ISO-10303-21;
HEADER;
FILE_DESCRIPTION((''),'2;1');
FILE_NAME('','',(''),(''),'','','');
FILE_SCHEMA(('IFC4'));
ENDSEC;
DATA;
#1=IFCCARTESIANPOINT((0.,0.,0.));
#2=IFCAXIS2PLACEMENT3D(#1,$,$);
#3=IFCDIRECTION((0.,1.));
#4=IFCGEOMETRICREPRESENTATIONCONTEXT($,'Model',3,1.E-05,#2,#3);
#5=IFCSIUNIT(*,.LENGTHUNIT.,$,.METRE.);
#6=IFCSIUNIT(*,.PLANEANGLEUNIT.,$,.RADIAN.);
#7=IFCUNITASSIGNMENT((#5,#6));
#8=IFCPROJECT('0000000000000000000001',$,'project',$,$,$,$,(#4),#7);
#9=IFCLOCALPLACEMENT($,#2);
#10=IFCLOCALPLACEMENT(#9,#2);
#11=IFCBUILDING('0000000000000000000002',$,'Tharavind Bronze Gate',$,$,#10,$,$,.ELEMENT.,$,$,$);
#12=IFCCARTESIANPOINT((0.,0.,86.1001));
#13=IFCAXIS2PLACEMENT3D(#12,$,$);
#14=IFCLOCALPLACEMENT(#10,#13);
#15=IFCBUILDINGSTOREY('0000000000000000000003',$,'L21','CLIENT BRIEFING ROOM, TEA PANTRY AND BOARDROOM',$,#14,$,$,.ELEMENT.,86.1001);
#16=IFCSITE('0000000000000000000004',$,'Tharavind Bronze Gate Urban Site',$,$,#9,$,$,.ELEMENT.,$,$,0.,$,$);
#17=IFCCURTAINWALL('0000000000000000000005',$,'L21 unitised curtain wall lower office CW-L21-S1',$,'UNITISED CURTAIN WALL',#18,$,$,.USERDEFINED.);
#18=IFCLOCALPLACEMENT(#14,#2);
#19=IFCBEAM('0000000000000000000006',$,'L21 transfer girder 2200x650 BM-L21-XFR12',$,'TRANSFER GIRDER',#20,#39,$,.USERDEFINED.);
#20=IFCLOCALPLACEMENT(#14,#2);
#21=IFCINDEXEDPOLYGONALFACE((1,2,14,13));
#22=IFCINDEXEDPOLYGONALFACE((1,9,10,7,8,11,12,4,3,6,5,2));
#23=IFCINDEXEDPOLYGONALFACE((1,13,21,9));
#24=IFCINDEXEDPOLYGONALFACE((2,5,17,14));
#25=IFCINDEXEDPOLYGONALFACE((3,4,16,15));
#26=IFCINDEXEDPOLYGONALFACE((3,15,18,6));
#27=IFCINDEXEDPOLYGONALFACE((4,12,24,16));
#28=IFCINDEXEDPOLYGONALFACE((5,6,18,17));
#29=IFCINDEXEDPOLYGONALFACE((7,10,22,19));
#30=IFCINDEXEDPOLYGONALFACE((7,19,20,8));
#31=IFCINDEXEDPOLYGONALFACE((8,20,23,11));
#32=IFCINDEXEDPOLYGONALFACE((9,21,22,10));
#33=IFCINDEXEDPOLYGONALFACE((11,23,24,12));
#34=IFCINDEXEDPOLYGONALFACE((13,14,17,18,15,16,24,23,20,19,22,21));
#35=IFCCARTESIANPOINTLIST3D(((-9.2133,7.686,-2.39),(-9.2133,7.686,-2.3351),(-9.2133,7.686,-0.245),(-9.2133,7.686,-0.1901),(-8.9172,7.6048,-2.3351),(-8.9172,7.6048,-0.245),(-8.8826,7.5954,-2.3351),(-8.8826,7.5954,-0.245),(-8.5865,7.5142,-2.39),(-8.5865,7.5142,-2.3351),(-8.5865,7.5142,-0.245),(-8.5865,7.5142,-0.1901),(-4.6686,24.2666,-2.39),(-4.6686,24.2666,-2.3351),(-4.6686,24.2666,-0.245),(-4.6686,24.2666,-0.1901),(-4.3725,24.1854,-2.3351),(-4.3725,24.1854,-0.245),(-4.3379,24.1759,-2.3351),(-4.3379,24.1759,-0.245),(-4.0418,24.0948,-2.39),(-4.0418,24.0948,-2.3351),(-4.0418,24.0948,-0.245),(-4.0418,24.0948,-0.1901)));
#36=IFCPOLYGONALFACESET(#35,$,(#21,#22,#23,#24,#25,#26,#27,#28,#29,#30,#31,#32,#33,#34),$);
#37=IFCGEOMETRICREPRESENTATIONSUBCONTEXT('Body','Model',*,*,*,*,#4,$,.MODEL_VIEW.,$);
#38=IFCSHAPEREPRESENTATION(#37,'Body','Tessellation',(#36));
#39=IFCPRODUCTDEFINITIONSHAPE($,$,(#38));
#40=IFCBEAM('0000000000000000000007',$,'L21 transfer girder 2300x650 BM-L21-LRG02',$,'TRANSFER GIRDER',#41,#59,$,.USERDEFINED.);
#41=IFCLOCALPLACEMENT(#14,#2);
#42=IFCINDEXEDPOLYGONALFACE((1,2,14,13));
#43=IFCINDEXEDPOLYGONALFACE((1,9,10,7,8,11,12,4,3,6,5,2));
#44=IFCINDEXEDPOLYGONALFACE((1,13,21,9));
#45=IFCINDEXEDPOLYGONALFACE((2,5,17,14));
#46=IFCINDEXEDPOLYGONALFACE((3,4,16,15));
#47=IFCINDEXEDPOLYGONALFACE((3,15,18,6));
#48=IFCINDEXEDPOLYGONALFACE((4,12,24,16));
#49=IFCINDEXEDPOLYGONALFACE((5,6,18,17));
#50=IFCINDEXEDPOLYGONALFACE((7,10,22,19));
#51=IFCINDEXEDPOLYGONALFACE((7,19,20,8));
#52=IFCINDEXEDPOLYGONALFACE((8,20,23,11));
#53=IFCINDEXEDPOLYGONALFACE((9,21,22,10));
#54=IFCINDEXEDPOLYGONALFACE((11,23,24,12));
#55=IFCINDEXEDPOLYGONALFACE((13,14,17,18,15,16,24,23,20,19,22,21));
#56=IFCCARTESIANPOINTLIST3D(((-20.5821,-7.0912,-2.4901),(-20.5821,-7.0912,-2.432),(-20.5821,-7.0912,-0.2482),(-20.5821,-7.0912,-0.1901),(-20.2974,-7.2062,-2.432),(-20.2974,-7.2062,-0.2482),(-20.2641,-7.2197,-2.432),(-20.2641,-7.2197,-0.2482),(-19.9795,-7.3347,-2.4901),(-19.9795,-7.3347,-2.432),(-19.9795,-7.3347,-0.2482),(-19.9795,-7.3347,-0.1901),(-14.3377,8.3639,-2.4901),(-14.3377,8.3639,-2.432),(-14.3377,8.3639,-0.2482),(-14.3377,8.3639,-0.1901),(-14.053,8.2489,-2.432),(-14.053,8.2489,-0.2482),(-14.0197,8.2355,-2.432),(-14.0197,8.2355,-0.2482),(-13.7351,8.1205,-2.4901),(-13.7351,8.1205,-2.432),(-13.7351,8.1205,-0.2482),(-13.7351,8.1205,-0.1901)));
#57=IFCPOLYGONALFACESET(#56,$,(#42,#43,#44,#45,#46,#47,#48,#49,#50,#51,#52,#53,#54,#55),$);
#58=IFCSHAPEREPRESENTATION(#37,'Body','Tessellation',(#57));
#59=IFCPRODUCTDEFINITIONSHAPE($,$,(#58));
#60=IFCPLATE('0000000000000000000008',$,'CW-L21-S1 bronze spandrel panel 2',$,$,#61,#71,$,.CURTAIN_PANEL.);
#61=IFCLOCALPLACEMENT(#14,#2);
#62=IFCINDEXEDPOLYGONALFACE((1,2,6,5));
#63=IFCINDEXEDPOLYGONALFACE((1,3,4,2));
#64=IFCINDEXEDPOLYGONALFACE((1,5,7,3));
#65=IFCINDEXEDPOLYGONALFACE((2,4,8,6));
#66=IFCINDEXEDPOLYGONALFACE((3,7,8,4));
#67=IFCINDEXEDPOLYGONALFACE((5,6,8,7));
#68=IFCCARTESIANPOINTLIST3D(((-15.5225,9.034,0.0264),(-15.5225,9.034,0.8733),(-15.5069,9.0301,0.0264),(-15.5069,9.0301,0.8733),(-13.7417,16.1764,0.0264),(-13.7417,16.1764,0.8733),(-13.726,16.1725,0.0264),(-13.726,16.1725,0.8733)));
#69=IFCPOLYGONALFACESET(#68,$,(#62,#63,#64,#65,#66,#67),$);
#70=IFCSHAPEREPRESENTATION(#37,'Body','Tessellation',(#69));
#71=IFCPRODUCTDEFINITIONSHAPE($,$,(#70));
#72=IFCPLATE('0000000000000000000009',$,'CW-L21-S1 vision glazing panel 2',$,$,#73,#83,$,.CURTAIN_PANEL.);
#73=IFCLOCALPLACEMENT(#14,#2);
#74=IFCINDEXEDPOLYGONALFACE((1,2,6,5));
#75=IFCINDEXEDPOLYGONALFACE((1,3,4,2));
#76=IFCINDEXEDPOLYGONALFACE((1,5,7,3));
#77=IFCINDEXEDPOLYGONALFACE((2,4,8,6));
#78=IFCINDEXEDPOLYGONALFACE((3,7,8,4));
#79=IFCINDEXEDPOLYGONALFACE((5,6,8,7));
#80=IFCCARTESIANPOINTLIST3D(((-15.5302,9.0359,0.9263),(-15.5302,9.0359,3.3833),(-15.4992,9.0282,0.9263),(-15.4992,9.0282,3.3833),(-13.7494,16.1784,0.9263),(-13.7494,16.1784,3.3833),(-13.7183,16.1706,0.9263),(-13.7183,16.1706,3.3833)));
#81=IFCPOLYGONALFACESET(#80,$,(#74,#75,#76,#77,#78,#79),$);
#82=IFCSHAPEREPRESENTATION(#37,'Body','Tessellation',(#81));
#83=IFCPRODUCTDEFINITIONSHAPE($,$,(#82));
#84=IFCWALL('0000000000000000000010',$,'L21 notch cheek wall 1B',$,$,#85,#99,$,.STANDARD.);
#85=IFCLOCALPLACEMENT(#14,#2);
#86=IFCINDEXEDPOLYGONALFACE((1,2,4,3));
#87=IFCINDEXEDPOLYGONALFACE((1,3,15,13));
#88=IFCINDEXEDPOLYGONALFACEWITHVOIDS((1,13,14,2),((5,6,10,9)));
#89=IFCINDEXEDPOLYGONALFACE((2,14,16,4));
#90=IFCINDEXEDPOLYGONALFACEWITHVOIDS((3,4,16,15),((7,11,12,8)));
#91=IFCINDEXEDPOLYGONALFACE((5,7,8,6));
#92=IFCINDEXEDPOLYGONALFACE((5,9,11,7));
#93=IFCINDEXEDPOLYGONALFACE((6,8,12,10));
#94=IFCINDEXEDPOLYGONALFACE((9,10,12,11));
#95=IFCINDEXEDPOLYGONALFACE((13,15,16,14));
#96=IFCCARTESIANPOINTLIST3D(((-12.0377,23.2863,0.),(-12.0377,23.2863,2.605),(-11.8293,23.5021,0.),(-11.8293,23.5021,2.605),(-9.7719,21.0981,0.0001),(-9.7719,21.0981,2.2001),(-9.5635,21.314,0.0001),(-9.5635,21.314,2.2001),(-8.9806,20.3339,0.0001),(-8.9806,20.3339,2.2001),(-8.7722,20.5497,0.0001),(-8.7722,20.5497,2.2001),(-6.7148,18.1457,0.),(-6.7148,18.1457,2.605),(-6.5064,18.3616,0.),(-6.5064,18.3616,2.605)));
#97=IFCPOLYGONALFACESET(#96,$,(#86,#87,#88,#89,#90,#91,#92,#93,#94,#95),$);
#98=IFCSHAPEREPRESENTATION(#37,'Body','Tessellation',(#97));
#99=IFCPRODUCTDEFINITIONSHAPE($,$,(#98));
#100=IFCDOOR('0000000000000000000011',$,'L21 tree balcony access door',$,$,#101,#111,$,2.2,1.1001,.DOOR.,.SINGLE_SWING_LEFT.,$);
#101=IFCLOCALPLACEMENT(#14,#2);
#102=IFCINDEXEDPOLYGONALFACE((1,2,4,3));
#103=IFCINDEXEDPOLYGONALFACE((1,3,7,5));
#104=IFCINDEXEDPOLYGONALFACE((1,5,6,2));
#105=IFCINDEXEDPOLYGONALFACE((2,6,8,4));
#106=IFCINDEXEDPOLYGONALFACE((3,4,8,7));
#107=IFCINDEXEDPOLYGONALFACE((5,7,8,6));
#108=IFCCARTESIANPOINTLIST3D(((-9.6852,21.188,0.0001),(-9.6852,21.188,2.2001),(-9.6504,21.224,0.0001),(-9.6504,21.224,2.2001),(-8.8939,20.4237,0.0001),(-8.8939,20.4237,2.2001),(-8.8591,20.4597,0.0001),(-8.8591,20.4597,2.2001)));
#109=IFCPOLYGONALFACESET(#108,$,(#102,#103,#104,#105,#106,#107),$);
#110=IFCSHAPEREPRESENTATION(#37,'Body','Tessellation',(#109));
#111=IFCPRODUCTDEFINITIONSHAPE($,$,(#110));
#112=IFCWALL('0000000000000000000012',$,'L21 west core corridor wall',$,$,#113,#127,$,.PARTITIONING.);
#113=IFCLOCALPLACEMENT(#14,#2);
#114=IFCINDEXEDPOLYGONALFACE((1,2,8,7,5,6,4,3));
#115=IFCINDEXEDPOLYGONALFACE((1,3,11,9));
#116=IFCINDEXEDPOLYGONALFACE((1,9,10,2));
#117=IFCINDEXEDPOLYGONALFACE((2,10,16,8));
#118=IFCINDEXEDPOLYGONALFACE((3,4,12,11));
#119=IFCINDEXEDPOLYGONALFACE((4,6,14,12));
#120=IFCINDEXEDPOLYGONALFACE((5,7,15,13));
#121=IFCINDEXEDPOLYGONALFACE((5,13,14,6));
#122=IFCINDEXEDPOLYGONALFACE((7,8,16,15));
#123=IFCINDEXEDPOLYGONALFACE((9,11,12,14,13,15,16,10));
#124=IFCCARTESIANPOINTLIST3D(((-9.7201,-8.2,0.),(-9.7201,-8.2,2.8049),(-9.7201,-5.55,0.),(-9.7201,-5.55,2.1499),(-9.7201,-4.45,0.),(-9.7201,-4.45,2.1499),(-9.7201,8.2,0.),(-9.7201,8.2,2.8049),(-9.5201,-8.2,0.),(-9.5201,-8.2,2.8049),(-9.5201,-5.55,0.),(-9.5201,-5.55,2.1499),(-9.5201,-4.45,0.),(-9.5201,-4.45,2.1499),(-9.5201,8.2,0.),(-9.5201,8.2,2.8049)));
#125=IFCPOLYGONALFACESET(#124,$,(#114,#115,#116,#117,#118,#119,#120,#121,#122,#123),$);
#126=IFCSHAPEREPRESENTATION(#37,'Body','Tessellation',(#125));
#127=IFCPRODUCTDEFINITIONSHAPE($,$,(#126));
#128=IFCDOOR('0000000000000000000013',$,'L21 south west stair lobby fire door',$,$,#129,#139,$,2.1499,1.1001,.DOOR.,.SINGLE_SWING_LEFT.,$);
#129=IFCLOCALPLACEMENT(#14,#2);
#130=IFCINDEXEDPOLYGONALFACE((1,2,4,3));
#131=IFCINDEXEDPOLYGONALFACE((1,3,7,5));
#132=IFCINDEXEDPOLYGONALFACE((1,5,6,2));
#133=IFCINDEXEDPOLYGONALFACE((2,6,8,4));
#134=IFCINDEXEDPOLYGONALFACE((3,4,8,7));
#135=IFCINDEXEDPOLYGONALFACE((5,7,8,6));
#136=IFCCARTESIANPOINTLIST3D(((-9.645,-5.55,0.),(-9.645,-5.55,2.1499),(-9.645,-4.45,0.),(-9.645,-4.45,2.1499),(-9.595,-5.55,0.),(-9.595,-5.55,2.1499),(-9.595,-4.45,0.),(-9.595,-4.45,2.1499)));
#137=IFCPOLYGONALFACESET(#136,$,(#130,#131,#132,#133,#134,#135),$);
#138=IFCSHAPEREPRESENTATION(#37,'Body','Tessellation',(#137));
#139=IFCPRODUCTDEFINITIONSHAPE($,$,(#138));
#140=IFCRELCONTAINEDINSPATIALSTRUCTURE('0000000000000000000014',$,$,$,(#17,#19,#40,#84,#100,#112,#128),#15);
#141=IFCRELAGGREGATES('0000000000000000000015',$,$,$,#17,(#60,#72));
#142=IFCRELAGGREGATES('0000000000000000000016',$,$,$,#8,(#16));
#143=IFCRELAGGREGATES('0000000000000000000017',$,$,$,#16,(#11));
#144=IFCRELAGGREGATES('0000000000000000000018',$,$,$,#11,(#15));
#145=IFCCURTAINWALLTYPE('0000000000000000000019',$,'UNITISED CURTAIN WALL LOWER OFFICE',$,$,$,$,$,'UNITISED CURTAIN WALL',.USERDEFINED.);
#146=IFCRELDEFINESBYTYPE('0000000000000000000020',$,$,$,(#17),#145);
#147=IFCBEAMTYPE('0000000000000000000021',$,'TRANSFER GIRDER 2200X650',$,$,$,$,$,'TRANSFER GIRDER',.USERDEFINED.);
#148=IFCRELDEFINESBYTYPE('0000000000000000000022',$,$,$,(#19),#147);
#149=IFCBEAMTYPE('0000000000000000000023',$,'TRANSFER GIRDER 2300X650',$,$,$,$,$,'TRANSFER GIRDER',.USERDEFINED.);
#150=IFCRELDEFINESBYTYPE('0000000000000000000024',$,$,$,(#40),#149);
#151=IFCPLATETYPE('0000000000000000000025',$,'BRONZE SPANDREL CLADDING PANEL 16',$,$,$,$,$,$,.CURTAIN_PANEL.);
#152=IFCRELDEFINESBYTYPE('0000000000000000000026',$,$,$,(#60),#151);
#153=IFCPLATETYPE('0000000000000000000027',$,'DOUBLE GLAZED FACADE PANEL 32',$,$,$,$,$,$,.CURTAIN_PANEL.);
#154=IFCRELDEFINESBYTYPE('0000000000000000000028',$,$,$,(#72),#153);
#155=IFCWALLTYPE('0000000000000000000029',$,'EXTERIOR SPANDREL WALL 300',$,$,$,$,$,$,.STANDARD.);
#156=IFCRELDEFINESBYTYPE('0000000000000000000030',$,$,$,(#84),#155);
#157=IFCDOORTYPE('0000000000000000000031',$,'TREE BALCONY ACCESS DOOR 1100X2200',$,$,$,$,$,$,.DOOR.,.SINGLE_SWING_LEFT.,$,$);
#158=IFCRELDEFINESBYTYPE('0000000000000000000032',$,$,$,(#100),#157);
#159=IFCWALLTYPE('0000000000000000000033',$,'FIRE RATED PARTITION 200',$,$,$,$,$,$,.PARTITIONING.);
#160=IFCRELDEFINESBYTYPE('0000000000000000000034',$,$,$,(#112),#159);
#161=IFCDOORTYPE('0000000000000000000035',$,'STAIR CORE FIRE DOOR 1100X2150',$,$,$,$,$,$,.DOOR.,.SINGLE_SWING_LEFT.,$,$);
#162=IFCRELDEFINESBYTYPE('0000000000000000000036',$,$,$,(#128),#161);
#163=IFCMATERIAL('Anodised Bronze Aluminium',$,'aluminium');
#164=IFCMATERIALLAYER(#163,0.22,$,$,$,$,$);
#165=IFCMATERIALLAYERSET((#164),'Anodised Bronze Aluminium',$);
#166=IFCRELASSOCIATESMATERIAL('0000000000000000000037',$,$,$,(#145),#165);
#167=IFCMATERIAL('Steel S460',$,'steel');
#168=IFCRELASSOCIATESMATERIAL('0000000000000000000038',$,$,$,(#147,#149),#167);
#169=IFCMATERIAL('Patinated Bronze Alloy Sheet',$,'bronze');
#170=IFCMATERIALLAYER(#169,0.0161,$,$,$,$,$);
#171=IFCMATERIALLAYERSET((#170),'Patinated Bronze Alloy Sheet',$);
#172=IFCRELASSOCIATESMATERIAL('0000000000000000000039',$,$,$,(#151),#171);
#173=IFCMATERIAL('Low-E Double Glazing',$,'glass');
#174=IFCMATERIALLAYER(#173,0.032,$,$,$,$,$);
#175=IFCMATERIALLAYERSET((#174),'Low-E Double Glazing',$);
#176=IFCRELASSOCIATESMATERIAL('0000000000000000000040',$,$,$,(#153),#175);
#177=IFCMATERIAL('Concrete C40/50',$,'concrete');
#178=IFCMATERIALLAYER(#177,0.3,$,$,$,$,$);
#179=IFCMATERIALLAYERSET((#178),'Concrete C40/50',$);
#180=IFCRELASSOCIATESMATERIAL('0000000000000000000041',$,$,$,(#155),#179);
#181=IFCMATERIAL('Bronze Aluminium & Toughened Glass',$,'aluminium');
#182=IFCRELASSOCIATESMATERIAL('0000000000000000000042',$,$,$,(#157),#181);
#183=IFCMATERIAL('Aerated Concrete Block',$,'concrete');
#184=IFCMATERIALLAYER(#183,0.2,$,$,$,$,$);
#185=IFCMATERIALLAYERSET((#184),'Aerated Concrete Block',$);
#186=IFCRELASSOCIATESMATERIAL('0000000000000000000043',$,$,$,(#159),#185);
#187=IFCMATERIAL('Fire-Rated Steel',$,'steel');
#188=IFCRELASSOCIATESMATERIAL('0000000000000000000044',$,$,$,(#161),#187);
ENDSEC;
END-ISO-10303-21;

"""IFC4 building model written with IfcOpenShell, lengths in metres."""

from ifc_helpers import new_model, si_unit, direction, frame, frame_2d, origin, origin_2d, place, context, subcontext, project, spatial, rectangle, i_section, extrude, material, layer, layer_set, material_profile, profile_set, type_object, element, fill, aggregate, save


model = new_model("IFC4")

# Units and contexts
model_context = context("Model", 3, precision=1e-05, world=origin(), true_north=direction((0.0, 1.0)))
body_context = subcontext(model_context, "Body", "Model", "MODEL_VIEW")
ifc_project = project(units=[si_unit("LENGTHUNIT", "METRE"), si_unit("PLANEANGLEUNIT", "RADIAN")], contexts=[model_context])

# Site, building, storey
site_placement = place(None, origin())
site = spatial("IfcSite", under=ifc_project, at=site_placement, Name="Tharavind Bronze Gate Urban Site", CompositionType="ELEMENT", RefElevation=0.0)
building_placement = place(site_placement, origin())
building = spatial("IfcBuilding", under=site, at=building_placement, Name="Tharavind Bronze Gate", CompositionType="ELEMENT")
storey_placement = place(building_placement, frame((0.0, 0.0, 86.1001)))
storey = spatial("IfcBuildingStorey", under=building, at=storey_placement, Name="L21", Description="CLIENT BRIEFING ROOM, TEA PANTRY AND BOARDROOM", CompositionType="ELEMENT", Elevation=86.1001)

# Curtain wall
ifc_material_1 = material(Name="Anodised Bronze Aluminium", Category="aluminium")
ifc_layer_1 = layer(ifc_material_1, 0.22)
ifc_layer_set_1 = layer_set([ifc_layer_1], Name="Anodised Bronze Aluminium")
curtain_wall_type = type_object("IfcCurtainWallType", Name="UNITISED CURTAIN WALL LOWER OFFICE", ElementType="UNITISED CURTAIN WALL", PredefinedType="USERDEFINED", material=ifc_layer_set_1)
curtain_wall_placement = place(storey_placement, origin())
curtain_wall = element("IfcCurtainWall", 1, at=curtain_wall_placement, inside=storey, type_object=curtain_wall_type, Name="L21 unitised curtain wall lower office CW-L21-S1", ObjectType="UNITISED CURTAIN WALL", PredefinedType="USERDEFINED")

# Beams
ifc_material_2 = material(Name="Steel S460", Category="steel")
ifc_material_profile_1 = material_profile(ifc_material_2, i_section(OverallWidth=0.6499, OverallDepth=2.2, WebThickness=0.0359, FlangeThickness=0.0549, at=origin_2d()), Name="PG2200X650")
ifc_profile_set_1 = profile_set([ifc_material_profile_1], Name="Steel S460")
beam_type_1 = type_object("IfcBeamType", Name="TRANSFER GIRDER 2200X650", ElementType="TRANSFER GIRDER", PredefinedType="USERDEFINED", material=ifc_profile_set_1)
beam_1_placement = place(storey_placement, frame((-8.8999, 7.6001, -1.29), z_axis=(0.264346, 0.964428, 0.0), x_axis=(-0.964428, 0.264346, 0.0)))
element("IfcBeam", 2, at=beam_1_placement, inside=storey, type_object=beam_type_1, Name="L21 transfer girder 2200x650 BM-L21-XFR12", ObjectType="TRANSFER GIRDER", PredefinedType="USERDEFINED", context=body_context, shape_type="SweptSolid", body=[
    extrude(i_section(OverallWidth=0.6499, OverallDepth=2.2, WebThickness=0.0359, FlangeThickness=0.0549, at=origin_2d()), origin(), (0.0, 0.0, 1.0), 17.1921),
])
ifc_material_profile_2 = material_profile(ifc_material_2, i_section(OverallWidth=0.6499, OverallDepth=2.3, WebThickness=0.0359, FlangeThickness=0.0581, at=origin_2d()), Name="PG2300X650")
ifc_profile_set_2 = profile_set([ifc_material_profile_2], Name="Steel S460")
beam_type_2 = type_object("IfcBeamType", Name="TRANSFER GIRDER 2300X650", ElementType="TRANSFER GIRDER", PredefinedType="USERDEFINED", material=ifc_profile_set_2)
beam_2_placement = place(storey_placement, frame((-14.0364, 8.2422, -1.3401), z_axis=(-0.374613, -0.927181, 0.0), x_axis=(0.927181, -0.374613, 0.0)))
element("IfcBeam", 3, at=beam_2_placement, inside=storey, type_object=beam_type_2, Name="L21 transfer girder 2300x650 BM-L21-LRG02", ObjectType="TRANSFER GIRDER", PredefinedType="USERDEFINED", context=body_context, shape_type="SweptSolid", body=[
    extrude(i_section(OverallWidth=0.6499, OverallDepth=2.3, WebThickness=0.0359, FlangeThickness=0.0581, at=origin_2d()), origin(), (0.0, 0.0, 1.0), 16.6689),
])

# Plates
ifc_material_3 = material(Name="Patinated Bronze Alloy Sheet", Category="bronze")
ifc_layer_2 = layer(ifc_material_3, 0.0161)
ifc_layer_set_2 = layer_set([ifc_layer_2], Name="Patinated Bronze Alloy Sheet")
plate_type_1 = type_object("IfcPlateType", Name="BRONZE SPANDREL CLADDING PANEL 16", PredefinedType="CURTAIN_PANEL", material=ifc_layer_set_2)
plate_1_placement = place(storey_placement, frame((-14.6243, 12.6033, 0.0264), z_axis=(0.0, 0.0, 1.0), x_axis=(-0.241922, -0.970296, 0.0)))
plate_1 = element("IfcPlate", 4, at=plate_1_placement, type_object=plate_type_1, Name="CW-L21-S1 bronze spandrel panel 2", PredefinedType="CURTAIN_PANEL", context=body_context, shape_type="SweptSolid", body=[
    extrude(rectangle(XDim=7.3611, YDim=0.0161, at=origin_2d()), origin(), (0.0, 0.0, 1.0), 0.8469),
])
ifc_material_4 = material(Name="Low-E Double Glazing", Category="glass")
ifc_layer_3 = layer(ifc_material_4, 0.032)
ifc_layer_set_3 = layer_set([ifc_layer_3], Name="Low-E Double Glazing")
plate_type_2 = type_object("IfcPlateType", Name="DOUBLE GLAZED FACADE PANEL 32", PredefinedType="CURTAIN_PANEL", material=ifc_layer_set_3)
plate_2_placement = place(storey_placement, frame((-14.6243, 12.6033, 0.9263), z_axis=(0.0, 0.0, 1.0), x_axis=(-0.241922, -0.970296, 0.0)))
plate_2 = element("IfcPlate", 5, at=plate_2_placement, type_object=plate_type_2, Name="CW-L21-S1 vision glazing panel 2", PredefinedType="CURTAIN_PANEL", context=body_context, shape_type="SweptSolid", body=[
    extrude(rectangle(XDim=7.3611, YDim=0.032, at=origin_2d()), origin(), (0.0, 0.0, 1.0), 2.457),
])
aggregate(curtain_wall, [plate_1, plate_2])

# Walls, openings, doors
ifc_material_5 = material(Name="Concrete C40/50", Category="concrete")
ifc_layer_4 = layer(ifc_material_5, 0.3)
ifc_layer_set_4 = layer_set([ifc_layer_4], Name="Concrete C40/50")
wall_type_1 = type_object("IfcWallType", Name="EXTERIOR SPANDREL WALL 300", PredefinedType="STANDARD", material=ifc_layer_set_4)
wall_1_placement = place(storey_placement, frame((-6.6106, 18.2537, 0.0), z_axis=(0.0, 0.0, 1.0), x_axis=(-0.719322, 0.694677, 0.0)))
wall_1 = element("IfcWall", 6, at=wall_1_placement, inside=storey, type_object=wall_type_1, Name="L21 notch cheek wall 1B", PredefinedType="STANDARD", context=body_context, shape_type="SweptSolid", body=[
    extrude(rectangle(XDim=7.3999, YDim=0.3, at=frame_2d((3.7, 0.0))), origin(), (0.0, 0.0, 1.0), 2.605),
])
opening_1_placement = place(wall_1_placement, frame((3.1499, 0.0, 0.0)))
opening_1 = element("IfcOpeningElement", 7, at=opening_1_placement, cuts=wall_1, PredefinedType="OPENING", context=body_context, shape_type="SweptSolid", body=[
    extrude(rectangle(XDim=1.1001, YDim=2.2, at=frame_2d((0.55, 1.1001))), frame((0.0, 0.1599, 0.0), z_axis=(0.0, -1.0, 0.0), x_axis=(1.0, 0.0, 0.0)), (0.0, 0.0, 1.0), 0.32),
])
ifc_material_6 = material(Name="Bronze Aluminium & Toughened Glass", Category="aluminium")
door_type_1 = type_object("IfcDoorType", Name="TREE BALCONY ACCESS DOOR 1100X2200", OperationType="SINGLE_SWING_LEFT", PredefinedType="DOOR", material=ifc_material_6)
door_1_placement = place(opening_1_placement, frame((1.1001, 0.0, 0.0), z_axis=(0.0, 0.0, 1.0), x_axis=(-1.0, 0.0, 0.0)))
door_1 = element("IfcDoor", 8, at=door_1_placement, inside=storey, type_object=door_type_1, Name="L21 tree balcony access door", OperationType="SINGLE_SWING_LEFT", OverallHeight=2.2, OverallWidth=1.1001, PredefinedType="DOOR", context=body_context, shape_type="SweptSolid", body=[
    extrude(rectangle(XDim=1.1001, YDim=2.2, at=frame_2d((0.55, 1.1001))), frame((0.0, 0.0249, 0.0), z_axis=(0.0, -1.0, 0.0), x_axis=(1.0, 0.0, 0.0)), (0.0, 0.0, 1.0), 0.05),
])
fill(opening_1, door_1)
ifc_material_7 = material(Name="Aerated Concrete Block", Category="concrete")
ifc_layer_5 = layer(ifc_material_7, 0.2)
ifc_layer_set_5 = layer_set([ifc_layer_5], Name="Aerated Concrete Block")
wall_type_2 = type_object("IfcWallType", Name="FIRE RATED PARTITION 200", PredefinedType="PARTITIONING", material=ifc_layer_set_5)
wall_2_placement = place(storey_placement, frame((-9.6201, 8.2, 0.0), z_axis=(0.0, 0.0, 1.0), x_axis=(0.0, -1.0, 0.0)))
wall_2 = element("IfcWall", 9, at=wall_2_placement, inside=storey, type_object=wall_type_2, Name="L21 west core corridor wall", PredefinedType="PARTITIONING", context=body_context, shape_type="SweptSolid", body=[
    extrude(rectangle(XDim=16.3999, YDim=0.2, at=frame_2d((8.2, 0.0))), origin(), (0.0, 0.0, 1.0), 2.8049),
])
opening_2_placement = place(wall_2_placement, frame((12.6499, 0.0, 0.0)))
opening_2 = element("IfcOpeningElement", 10, at=opening_2_placement, cuts=wall_2, PredefinedType="OPENING", context=body_context, shape_type="SweptSolid", body=[
    extrude(rectangle(XDim=1.1001, YDim=2.1499, at=frame_2d((0.55, 1.075))), frame((0.0, 0.1101, 0.0), z_axis=(0.0, -1.0, 0.0), x_axis=(1.0, 0.0, 0.0)), (0.0, 0.0, 1.0), 0.22),
])
ifc_material_8 = material(Name="Fire-Rated Steel", Category="steel")
door_type_2 = type_object("IfcDoorType", Name="STAIR CORE FIRE DOOR 1100X2150", OperationType="SINGLE_SWING_LEFT", PredefinedType="DOOR", material=ifc_material_8)
door_2_placement = place(opening_2_placement, frame((1.1001, 0.0, 0.0), z_axis=(0.0, 0.0, 1.0), x_axis=(-1.0, 0.0, 0.0)))
door_2 = element("IfcDoor", 11, at=door_2_placement, inside=storey, type_object=door_type_2, Name="L21 south west stair lobby fire door", OperationType="SINGLE_SWING_LEFT", OverallHeight=2.1499, OverallWidth=1.1001, PredefinedType="DOOR", context=body_context, shape_type="SweptSolid", body=[
    extrude(rectangle(XDim=1.1001, YDim=2.1499, at=frame_2d((0.55, 1.075))), frame((0.0, 0.0249, 0.0), z_axis=(0.0, -1.0, 0.0), x_axis=(1.0, 0.0, 0.0)), (0.0, 0.0, 1.0), 0.05),
])
fill(opening_2, door_2)

save(model, "model.ifc")
